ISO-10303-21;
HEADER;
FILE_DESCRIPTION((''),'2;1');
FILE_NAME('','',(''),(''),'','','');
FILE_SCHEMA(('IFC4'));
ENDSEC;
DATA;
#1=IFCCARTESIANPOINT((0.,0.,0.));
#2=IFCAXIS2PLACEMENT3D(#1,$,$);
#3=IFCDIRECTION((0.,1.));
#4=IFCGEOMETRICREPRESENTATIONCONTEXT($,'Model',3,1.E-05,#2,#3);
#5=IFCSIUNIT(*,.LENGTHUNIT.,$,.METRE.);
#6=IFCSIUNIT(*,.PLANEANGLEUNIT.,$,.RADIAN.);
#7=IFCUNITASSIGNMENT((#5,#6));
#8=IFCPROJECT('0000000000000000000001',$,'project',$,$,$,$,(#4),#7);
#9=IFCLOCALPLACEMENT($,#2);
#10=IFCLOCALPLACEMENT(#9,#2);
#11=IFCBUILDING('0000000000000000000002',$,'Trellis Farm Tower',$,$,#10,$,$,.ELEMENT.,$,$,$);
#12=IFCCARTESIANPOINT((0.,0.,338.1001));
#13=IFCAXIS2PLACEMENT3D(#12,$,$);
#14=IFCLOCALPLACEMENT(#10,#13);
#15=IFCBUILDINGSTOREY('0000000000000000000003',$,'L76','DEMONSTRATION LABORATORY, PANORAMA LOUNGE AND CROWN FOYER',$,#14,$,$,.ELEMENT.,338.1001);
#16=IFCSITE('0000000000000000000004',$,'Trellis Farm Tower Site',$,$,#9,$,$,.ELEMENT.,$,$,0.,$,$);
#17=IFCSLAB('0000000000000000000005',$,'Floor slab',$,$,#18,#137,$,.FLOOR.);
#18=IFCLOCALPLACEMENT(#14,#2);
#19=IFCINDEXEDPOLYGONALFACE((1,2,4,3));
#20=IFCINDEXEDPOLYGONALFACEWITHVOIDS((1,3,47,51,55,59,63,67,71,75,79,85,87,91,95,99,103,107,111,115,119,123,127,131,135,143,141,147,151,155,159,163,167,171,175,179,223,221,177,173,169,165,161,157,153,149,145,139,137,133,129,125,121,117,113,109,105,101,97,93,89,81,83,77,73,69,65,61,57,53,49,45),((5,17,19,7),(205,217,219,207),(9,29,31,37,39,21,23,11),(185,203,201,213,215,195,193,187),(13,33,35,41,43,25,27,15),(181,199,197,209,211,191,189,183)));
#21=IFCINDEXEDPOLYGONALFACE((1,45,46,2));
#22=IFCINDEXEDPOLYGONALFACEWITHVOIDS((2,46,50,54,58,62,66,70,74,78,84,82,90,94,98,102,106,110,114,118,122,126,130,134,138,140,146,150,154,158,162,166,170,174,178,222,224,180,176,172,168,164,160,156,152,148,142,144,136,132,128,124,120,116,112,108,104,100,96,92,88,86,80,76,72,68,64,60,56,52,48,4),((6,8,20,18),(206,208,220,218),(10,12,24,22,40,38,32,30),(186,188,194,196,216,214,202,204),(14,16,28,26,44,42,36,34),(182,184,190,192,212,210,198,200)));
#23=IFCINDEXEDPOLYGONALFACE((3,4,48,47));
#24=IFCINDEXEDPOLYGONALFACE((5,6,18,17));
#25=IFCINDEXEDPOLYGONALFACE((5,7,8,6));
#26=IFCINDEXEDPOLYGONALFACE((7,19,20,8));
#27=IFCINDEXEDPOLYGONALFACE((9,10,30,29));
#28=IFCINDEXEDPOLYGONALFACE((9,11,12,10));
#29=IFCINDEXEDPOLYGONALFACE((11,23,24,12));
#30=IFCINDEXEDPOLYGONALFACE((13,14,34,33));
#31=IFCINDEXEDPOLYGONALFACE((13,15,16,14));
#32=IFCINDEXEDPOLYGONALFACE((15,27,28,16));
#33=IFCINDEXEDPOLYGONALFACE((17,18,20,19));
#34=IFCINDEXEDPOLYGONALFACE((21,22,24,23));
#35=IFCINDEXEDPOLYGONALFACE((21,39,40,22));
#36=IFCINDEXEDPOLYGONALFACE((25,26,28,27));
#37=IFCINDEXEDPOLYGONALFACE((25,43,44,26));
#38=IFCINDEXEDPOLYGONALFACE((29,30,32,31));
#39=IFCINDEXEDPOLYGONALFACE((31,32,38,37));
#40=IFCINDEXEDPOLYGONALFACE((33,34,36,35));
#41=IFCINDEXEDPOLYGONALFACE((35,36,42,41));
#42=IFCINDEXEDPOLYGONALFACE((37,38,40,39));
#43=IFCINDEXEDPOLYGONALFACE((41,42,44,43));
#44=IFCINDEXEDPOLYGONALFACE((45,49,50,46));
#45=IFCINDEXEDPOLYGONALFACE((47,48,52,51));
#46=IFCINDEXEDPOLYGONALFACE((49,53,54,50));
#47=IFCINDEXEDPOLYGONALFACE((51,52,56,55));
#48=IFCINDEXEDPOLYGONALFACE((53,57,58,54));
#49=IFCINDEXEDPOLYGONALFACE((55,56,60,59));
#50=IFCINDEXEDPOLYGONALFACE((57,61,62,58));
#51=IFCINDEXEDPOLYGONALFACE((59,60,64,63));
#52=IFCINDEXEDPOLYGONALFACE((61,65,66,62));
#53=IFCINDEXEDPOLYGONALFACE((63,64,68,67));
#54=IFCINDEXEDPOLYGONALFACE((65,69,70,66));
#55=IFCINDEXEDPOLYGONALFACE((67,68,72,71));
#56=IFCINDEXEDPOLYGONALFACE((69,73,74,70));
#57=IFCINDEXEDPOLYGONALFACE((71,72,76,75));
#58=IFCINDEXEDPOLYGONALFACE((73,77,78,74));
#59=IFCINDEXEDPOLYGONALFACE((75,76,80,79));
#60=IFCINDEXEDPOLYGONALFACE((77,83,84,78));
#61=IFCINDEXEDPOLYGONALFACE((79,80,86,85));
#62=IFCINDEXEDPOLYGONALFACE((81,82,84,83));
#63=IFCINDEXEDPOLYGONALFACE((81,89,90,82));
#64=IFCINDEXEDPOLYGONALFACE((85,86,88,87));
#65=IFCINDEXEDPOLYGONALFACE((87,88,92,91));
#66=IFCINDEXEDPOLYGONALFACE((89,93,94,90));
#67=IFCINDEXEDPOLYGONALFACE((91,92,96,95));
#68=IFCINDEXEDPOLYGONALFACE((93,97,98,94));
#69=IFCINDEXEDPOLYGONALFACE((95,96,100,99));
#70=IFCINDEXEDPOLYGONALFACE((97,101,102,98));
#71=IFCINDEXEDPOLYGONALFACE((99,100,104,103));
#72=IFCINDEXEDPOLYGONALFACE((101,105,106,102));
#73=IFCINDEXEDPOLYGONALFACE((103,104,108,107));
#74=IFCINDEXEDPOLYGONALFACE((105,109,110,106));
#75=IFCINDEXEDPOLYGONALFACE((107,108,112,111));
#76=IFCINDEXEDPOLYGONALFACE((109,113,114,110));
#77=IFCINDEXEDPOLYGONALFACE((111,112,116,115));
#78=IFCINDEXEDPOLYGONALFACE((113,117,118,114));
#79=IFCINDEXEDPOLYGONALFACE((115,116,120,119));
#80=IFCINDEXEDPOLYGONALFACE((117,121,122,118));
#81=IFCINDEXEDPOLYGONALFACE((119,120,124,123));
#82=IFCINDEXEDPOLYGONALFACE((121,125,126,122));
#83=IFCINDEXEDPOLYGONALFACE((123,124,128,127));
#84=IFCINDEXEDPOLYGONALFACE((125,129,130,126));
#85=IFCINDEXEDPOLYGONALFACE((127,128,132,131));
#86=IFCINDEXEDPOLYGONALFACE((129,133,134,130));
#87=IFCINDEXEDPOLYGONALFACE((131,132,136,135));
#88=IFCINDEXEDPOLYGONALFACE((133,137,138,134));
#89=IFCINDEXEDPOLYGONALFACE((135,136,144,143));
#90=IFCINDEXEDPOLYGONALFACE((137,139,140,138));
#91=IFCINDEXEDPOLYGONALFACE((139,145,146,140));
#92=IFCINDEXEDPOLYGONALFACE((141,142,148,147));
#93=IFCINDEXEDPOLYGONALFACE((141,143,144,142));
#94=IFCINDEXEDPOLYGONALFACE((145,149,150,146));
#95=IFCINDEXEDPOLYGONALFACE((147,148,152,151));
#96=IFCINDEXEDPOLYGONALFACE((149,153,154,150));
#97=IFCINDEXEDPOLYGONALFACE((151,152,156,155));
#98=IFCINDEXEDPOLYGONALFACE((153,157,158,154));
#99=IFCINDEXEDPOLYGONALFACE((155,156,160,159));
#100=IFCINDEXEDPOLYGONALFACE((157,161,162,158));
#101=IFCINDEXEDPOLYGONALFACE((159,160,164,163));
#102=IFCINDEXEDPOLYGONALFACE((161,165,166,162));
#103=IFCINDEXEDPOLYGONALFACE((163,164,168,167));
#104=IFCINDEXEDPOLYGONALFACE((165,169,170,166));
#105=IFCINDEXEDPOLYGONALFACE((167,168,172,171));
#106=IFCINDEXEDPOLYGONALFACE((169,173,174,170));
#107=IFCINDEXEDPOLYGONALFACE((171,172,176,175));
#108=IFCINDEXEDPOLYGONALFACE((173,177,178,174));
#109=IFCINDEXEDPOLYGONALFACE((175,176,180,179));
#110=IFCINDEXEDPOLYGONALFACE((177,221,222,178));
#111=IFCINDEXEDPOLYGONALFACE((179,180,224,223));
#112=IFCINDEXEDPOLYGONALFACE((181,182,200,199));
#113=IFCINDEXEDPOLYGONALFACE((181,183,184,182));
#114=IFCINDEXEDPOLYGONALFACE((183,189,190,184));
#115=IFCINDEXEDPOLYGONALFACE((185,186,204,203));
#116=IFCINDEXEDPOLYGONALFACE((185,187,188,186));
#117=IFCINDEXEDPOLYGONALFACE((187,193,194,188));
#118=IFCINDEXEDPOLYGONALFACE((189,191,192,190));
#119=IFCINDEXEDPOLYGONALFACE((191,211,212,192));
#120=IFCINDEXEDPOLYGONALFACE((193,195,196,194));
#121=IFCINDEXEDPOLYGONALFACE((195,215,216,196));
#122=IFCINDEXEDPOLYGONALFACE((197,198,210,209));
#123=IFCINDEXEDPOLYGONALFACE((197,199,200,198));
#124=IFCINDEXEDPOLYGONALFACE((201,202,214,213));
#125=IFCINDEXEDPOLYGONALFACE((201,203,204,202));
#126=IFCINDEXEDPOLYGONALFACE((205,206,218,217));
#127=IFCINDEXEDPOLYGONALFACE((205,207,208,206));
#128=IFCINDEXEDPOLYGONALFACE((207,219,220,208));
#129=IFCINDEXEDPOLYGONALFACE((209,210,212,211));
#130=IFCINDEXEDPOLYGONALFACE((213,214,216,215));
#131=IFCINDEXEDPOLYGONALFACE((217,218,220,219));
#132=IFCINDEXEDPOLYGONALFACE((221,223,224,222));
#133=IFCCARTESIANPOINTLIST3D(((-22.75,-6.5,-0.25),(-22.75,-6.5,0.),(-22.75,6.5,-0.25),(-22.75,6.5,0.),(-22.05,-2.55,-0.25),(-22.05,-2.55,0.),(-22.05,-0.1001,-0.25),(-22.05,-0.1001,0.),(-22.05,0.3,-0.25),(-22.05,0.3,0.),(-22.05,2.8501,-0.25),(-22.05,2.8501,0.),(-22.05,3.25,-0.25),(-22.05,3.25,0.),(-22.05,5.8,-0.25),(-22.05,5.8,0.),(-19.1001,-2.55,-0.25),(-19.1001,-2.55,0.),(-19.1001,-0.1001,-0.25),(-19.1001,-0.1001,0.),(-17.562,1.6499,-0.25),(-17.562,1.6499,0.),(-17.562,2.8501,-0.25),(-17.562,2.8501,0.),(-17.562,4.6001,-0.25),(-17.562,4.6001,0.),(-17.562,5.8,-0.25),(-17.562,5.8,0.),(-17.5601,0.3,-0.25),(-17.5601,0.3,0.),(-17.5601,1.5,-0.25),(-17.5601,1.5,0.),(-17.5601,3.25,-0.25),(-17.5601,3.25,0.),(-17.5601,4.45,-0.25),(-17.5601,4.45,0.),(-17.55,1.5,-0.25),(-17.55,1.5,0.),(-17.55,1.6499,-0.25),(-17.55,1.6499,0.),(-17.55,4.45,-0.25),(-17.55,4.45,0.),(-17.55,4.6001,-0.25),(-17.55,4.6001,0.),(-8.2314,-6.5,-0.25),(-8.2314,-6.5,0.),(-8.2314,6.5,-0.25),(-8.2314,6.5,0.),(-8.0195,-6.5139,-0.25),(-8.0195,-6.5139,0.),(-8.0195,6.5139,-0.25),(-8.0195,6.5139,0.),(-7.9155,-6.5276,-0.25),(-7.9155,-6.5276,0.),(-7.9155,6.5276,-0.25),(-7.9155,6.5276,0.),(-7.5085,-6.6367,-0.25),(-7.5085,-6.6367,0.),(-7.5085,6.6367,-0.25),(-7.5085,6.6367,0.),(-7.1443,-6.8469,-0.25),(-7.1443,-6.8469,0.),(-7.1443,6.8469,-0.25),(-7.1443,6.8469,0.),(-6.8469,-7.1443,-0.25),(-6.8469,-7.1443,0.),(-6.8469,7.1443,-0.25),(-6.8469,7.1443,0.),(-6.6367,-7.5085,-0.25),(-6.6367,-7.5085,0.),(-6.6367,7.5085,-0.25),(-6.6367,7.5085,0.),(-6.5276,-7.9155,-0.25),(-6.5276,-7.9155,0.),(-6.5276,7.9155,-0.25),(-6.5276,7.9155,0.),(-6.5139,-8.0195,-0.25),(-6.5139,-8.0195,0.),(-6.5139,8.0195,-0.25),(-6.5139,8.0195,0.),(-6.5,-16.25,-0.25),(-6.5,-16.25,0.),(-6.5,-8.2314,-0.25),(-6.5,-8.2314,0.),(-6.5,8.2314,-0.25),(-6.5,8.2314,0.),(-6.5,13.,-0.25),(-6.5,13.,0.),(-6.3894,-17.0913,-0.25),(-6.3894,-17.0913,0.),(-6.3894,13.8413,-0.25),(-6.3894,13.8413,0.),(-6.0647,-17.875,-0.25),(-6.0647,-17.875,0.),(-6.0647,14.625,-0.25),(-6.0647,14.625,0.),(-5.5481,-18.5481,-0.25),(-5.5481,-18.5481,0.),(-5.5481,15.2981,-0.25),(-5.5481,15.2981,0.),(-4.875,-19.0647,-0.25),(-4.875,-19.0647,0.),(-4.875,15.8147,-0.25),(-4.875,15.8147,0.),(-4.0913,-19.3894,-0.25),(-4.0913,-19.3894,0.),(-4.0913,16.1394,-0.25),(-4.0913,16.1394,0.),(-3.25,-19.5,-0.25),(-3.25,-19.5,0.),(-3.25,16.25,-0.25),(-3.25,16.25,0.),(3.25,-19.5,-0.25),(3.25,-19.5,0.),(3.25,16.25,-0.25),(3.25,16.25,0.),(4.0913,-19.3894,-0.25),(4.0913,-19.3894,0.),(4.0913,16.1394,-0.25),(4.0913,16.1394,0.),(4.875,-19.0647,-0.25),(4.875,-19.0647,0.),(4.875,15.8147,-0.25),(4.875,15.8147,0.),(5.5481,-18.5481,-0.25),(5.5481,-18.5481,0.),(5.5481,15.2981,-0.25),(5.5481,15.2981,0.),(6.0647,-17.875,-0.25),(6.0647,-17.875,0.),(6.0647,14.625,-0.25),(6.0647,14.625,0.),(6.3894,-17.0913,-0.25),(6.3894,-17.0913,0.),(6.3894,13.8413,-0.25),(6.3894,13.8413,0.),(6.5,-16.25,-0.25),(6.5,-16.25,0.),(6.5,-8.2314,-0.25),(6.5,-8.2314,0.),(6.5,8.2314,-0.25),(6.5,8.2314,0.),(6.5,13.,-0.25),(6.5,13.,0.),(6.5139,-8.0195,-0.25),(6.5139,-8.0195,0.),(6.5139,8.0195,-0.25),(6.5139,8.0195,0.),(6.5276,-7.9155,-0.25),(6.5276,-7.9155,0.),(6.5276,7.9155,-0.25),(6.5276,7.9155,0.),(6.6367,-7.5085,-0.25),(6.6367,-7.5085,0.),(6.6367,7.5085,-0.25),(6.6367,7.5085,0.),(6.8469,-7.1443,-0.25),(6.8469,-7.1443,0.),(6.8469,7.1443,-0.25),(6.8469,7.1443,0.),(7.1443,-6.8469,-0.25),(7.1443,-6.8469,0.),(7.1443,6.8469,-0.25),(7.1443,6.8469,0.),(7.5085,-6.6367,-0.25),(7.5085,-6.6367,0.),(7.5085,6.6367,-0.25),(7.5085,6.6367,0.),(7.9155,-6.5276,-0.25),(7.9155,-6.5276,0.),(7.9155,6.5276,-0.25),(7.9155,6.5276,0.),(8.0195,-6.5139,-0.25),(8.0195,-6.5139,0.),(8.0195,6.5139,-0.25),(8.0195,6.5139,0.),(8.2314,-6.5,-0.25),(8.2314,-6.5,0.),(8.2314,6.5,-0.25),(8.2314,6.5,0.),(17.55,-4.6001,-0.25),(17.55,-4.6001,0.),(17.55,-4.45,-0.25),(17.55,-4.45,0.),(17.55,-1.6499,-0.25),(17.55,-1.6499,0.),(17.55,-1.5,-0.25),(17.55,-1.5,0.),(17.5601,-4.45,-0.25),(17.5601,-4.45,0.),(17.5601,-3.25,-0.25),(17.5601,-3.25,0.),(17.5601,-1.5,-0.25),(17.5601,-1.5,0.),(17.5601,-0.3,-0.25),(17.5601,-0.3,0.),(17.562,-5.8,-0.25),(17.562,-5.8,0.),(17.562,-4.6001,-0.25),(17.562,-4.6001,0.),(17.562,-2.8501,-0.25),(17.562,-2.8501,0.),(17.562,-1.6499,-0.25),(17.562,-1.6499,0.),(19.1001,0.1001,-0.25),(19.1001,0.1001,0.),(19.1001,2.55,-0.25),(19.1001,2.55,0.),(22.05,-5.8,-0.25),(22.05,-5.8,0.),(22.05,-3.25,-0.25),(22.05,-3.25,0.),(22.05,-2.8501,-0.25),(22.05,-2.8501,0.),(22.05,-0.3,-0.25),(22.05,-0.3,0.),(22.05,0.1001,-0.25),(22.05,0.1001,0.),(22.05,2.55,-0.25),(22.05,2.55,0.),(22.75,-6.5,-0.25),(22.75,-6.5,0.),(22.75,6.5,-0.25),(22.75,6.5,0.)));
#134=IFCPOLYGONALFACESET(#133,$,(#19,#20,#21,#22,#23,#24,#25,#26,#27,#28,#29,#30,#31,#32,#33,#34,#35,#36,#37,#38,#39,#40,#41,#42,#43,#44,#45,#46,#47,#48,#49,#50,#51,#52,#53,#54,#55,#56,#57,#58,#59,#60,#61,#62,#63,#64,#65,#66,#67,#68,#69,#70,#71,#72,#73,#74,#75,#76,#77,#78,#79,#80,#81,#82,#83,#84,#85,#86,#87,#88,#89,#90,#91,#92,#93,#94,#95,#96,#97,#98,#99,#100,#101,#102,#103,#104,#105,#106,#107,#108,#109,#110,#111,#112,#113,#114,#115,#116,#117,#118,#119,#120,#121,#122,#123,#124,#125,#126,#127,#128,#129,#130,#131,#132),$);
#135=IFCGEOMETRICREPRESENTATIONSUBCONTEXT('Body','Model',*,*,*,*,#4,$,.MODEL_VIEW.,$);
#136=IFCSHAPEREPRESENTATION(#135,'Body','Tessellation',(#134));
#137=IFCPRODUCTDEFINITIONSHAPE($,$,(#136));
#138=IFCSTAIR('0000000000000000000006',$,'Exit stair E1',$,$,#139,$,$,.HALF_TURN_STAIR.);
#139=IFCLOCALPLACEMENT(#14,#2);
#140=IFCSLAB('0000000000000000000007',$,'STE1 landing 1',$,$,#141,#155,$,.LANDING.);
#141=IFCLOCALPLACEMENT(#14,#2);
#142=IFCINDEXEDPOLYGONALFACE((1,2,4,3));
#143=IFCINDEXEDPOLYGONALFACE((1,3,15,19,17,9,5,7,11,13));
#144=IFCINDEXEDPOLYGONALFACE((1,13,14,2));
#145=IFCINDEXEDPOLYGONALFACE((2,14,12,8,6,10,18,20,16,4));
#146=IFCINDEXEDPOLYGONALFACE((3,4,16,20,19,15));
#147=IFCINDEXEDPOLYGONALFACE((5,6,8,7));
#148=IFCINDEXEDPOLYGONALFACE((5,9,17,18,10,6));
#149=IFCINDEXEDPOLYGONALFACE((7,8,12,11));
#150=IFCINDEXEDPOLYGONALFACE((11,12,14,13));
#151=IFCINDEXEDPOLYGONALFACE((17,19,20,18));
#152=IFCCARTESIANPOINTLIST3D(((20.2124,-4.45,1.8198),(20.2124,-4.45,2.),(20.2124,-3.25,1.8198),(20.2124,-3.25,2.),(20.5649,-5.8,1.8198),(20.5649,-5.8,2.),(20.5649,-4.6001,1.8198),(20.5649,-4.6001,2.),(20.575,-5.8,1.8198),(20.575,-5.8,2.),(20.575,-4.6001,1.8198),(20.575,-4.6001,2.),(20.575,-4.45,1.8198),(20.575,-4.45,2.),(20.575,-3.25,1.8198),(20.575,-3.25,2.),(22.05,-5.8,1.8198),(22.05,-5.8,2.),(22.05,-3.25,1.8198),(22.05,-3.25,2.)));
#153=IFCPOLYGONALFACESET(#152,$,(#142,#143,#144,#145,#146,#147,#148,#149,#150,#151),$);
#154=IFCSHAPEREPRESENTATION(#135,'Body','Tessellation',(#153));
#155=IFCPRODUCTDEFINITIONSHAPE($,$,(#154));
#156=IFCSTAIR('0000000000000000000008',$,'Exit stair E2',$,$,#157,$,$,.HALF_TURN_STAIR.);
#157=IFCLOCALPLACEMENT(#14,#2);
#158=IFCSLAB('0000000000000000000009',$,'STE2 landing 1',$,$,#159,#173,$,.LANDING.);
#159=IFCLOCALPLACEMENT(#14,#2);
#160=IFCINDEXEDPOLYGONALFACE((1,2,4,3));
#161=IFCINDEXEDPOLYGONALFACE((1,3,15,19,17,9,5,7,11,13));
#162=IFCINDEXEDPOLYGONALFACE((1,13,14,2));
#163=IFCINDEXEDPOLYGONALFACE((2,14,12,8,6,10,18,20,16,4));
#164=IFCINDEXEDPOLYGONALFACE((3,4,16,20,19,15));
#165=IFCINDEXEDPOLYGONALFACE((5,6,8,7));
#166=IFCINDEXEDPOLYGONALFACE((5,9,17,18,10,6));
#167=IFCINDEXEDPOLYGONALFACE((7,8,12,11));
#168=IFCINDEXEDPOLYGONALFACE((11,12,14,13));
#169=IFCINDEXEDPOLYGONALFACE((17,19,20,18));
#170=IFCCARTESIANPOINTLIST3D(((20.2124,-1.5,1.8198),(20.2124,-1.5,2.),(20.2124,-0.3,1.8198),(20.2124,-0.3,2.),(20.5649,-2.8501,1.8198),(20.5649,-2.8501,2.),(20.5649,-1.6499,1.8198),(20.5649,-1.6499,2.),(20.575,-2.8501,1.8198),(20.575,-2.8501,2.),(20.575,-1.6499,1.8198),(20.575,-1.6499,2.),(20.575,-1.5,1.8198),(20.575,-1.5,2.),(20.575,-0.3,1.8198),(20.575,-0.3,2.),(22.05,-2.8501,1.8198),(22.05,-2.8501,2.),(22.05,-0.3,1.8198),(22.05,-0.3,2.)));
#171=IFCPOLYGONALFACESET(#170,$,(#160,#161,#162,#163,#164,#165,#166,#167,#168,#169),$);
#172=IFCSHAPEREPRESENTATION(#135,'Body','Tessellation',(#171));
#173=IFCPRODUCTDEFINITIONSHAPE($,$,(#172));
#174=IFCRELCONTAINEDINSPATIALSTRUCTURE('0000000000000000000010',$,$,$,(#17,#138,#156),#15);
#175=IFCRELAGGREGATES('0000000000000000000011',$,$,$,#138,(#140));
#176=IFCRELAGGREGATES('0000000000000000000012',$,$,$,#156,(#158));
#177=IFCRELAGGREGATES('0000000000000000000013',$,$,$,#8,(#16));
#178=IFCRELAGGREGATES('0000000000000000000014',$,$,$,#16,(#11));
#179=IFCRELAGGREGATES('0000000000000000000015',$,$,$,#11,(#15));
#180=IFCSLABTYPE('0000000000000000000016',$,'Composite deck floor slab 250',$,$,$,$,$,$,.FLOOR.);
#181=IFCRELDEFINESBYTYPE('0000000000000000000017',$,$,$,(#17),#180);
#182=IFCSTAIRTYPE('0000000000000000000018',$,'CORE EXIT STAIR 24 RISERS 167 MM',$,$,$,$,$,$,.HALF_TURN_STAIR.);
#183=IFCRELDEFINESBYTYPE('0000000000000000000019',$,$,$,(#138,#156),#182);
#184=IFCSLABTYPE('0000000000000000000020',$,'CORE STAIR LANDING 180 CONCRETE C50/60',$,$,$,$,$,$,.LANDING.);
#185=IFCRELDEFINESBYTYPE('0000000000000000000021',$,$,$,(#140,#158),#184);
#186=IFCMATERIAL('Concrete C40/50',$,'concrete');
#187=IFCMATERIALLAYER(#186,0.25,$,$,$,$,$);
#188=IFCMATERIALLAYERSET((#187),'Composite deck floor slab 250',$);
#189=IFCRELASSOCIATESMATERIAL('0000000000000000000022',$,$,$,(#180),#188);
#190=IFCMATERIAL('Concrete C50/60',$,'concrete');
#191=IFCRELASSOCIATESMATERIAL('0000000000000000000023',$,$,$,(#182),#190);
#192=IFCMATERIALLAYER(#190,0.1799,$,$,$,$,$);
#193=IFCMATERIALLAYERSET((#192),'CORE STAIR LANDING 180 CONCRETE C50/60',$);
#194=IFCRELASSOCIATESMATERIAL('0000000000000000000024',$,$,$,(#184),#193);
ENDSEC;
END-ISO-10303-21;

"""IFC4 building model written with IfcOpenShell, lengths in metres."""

from ifc_helpers import new_model, si_unit, direction, frame, origin, place, context, subcontext, project, spatial, polyline, outline, extrude, source, transform, mapped, material, layer, layer_set, type_object, element, aggregate, save


model = new_model("IFC4")

# Units and contexts
model_context = context("Model", 3, precision=1e-05, world=origin(), true_north=direction((0.0, 1.0)))
body_context = subcontext(model_context, "Body", "Model", "MODEL_VIEW")
ifc_project = project(units=[si_unit("LENGTHUNIT", "METRE"), si_unit("PLANEANGLEUNIT", "RADIAN")], contexts=[model_context])

# Site, building, storey
site_placement = place(None, origin())
site = spatial("IfcSite", under=ifc_project, at=site_placement, Name="Trellis Farm Tower Site", CompositionType="ELEMENT", RefElevation=0.0)
building_placement = place(site_placement, origin())
building = spatial("IfcBuilding", under=site, at=building_placement, Name="Trellis Farm Tower", CompositionType="ELEMENT")
storey_placement = place(building_placement, frame((0.0, 0.0, 338.1001)))
storey = spatial("IfcBuildingStorey", under=building, at=storey_placement, Name="L76", Description="DEMONSTRATION LABORATORY, PANORAMA LOUNGE AND CROWN FOYER", CompositionType="ELEMENT", Elevation=338.1001)

# Shared definitions
ifc_material_1 = material(Name="Concrete C50/60", Category="concrete")

# Shared definitions
placement_1 = place(storey_placement, origin())

# Slab
ifc_material_2 = material(Name="Concrete C40/50", Category="concrete")
placement_2 = place(storey_placement, frame((0.0, 0.0, -0.25)))
ifc_layer_1 = layer(ifc_material_2, 0.25)
ifc_layer_set_1 = layer_set([ifc_layer_1], Name="Composite deck floor slab 250")
slab_type_1 = type_object("IfcSlabType", Name="Composite deck floor slab 250", PredefinedType="FLOOR", material=ifc_layer_set_1)
shared_shape_1 = source(origin(), body_context, "Body", "SweptSolid", [
    extrude(outline(polyline([(-22.75, 6.5), (-8.2314, 6.5), (-8.0195, 6.5139), (-7.9155, 6.5276), (-7.5085, 6.6367), (-7.1443, 6.8469), (-6.8469, 7.1443), (-6.6367, 7.5085), (-6.5276, 7.9155), (-6.5139, 8.0195), (-6.5, 8.2314), (-6.5, 13.0), (-6.3894, 13.8413), (-6.0647, 14.625), (-5.5481, 15.2981), (-4.875, 15.8147), (-4.0913, 16.1394), (-3.25, 16.25), (3.25, 16.25), (4.0913, 16.1394), (4.875, 15.8147), (5.5481, 15.2981), (6.0647, 14.625), (6.3894, 13.8413), (6.5, 13.0), (6.5, 8.2314), (6.5139, 8.0195), (6.5276, 7.9155), (6.6367, 7.5085), (6.8469, 7.1443), (7.1443, 6.8469), (7.5085, 6.6367), (7.9155, 6.5276), (8.0195, 6.5139), (8.2314, 6.5), (22.75, 6.5), (22.75, -6.5), (8.2314, -6.5), (8.0195, -6.5139), (7.9155, -6.5276), (7.5085, -6.6367), (7.1443, -6.8469), (6.8469, -7.1443), (6.6367, -7.5085), (6.5276, -7.9155), (6.5139, -8.0195), (6.5, -8.2314), (6.5, -16.25), (6.3894, -17.0913), (6.0647, -17.875), (5.5481, -18.5481), (4.875, -19.0647), (4.0913, -19.3894), (3.25, -19.5), (-3.25, -19.5), (-4.0913, -19.3894), (-4.875, -19.0647), (-5.5481, -18.5481), (-6.0647, -17.875), (-6.3894, -17.0913), (-6.5, -16.25), (-6.5, -8.2314), (-6.5139, -8.0195), (-6.5276, -7.9155), (-6.6367, -7.5085), (-6.8469, -7.1443), (-7.1443, -6.8469), (-7.5085, -6.6367), (-7.9155, -6.5276), (-8.0195, -6.5139), (-8.2314, -6.5), (-22.75, -6.5), (-22.75, 6.5)]), holes=[polyline([(22.05, -5.8), (22.05, -3.25), (17.5601, -3.25), (17.5601, -4.45), (17.55, -4.45), (17.55, -4.6001), (17.562, -4.6001), (17.562, -5.8), (22.05, -5.8)]), polyline([(17.562, -2.8501), (22.05, -2.8501), (22.05, -0.3), (17.5601, -0.3), (17.5601, -1.5), (17.55, -1.5), (17.55, -1.6499), (17.562, -1.6499), (17.562, -2.8501)]), polyline([(-22.05, -2.55), (-19.1001, -2.55), (-19.1001, -0.1001), (-22.05, -0.1001), (-22.05, -2.55)]), polyline([(19.1001, 2.55), (19.1001, 0.1001), (22.05, 0.1001), (22.05, 2.55), (19.1001, 2.55)]), polyline([(-17.562, 2.8501), (-22.05, 2.8501), (-22.05, 0.3), (-17.5601, 0.3), (-17.5601, 1.5), (-17.55, 1.5), (-17.55, 1.6499), (-17.562, 1.6499), (-17.562, 2.8501)]), polyline([(-17.562, 5.8), (-22.05, 5.8), (-22.05, 3.25), (-17.5601, 3.25), (-17.5601, 4.45), (-17.55, 4.45), (-17.55, 4.6001), (-17.562, 4.6001), (-17.562, 5.8)])]), origin(), (0.0, 0.0, 1.0), 0.25),
])
element("IfcSlab", 1, at=placement_2, inside=storey, type_object=slab_type_1, Name="Floor slab", PredefinedType="FLOOR", context=body_context, shape_type="MappedRepresentation", body=[
    mapped(shared_shape_1, transform((0.0, 0.0, 0.0))),
])

# Stairs, slabs
stair_type = type_object("IfcStairType", Name="CORE EXIT STAIR 24 RISERS 167 MM", PredefinedType="HALF_TURN_STAIR", material=ifc_material_1)
stair_1 = element("IfcStair", 2, at=placement_1, inside=storey, type_object=stair_type, Name="Exit stair E1", PredefinedType="HALF_TURN_STAIR")
ifc_layer_2 = layer(ifc_material_1, 0.1799)
ifc_layer_set_2 = layer_set([ifc_layer_2], Name="CORE STAIR LANDING 180 CONCRETE C50/60")
slab_type_2 = type_object("IfcSlabType", Name="CORE STAIR LANDING 180 CONCRETE C50/60", PredefinedType="LANDING", material=ifc_layer_set_2)
shared_shape_2 = source(origin(), body_context, "Body", "SweptSolid", [
    extrude(outline(polyline([(20.5649, -5.8), (20.5649, -4.6001), (20.575, -4.6001), (20.575, -4.45), (20.2124, -4.45), (20.2124, -3.25), (20.575, -3.25), (22.05, -3.25), (22.05, -5.8), (20.575, -5.8), (20.5649, -5.8)])), origin(), (0.0, 0.0, 1.0), 0.1802),
])
placement_3 = place(storey_placement, frame((0.0, 0.0, 1.8198)))
slab_1 = element("IfcSlab", 3, at=placement_3, type_object=slab_type_2, Name="STE1 landing 1", PredefinedType="LANDING", context=body_context, shape_type="MappedRepresentation", body=[
    mapped(shared_shape_2, transform((0.0, 0.0, 0.0))),
])
aggregate(stair_1, [slab_1])
stair_2 = element("IfcStair", 4, at=placement_1, inside=storey, type_object=stair_type, Name="Exit stair E2", PredefinedType="HALF_TURN_STAIR")
shared_shape_3 = source(origin(), body_context, "Body", "SweptSolid", [
    extrude(outline(polyline([(20.5649, -2.8501), (20.5649, -1.6499), (20.575, -1.6499), (20.575, -1.5), (20.2124, -1.5), (20.2124, -0.3), (20.575, -0.3), (22.05, -0.3), (22.05, -2.8501), (20.575, -2.8501), (20.5649, -2.8501)])), origin(), (0.0, 0.0, 1.0), 0.1802),
])
slab_2 = element("IfcSlab", 5, at=placement_3, type_object=slab_type_2, Name="STE2 landing 1", PredefinedType="LANDING", context=body_context, shape_type="MappedRepresentation", body=[
    mapped(shared_shape_3, transform((0.0, 0.0, 0.0))),
])
aggregate(stair_2, [slab_2])

save(model, "model.ifc")
